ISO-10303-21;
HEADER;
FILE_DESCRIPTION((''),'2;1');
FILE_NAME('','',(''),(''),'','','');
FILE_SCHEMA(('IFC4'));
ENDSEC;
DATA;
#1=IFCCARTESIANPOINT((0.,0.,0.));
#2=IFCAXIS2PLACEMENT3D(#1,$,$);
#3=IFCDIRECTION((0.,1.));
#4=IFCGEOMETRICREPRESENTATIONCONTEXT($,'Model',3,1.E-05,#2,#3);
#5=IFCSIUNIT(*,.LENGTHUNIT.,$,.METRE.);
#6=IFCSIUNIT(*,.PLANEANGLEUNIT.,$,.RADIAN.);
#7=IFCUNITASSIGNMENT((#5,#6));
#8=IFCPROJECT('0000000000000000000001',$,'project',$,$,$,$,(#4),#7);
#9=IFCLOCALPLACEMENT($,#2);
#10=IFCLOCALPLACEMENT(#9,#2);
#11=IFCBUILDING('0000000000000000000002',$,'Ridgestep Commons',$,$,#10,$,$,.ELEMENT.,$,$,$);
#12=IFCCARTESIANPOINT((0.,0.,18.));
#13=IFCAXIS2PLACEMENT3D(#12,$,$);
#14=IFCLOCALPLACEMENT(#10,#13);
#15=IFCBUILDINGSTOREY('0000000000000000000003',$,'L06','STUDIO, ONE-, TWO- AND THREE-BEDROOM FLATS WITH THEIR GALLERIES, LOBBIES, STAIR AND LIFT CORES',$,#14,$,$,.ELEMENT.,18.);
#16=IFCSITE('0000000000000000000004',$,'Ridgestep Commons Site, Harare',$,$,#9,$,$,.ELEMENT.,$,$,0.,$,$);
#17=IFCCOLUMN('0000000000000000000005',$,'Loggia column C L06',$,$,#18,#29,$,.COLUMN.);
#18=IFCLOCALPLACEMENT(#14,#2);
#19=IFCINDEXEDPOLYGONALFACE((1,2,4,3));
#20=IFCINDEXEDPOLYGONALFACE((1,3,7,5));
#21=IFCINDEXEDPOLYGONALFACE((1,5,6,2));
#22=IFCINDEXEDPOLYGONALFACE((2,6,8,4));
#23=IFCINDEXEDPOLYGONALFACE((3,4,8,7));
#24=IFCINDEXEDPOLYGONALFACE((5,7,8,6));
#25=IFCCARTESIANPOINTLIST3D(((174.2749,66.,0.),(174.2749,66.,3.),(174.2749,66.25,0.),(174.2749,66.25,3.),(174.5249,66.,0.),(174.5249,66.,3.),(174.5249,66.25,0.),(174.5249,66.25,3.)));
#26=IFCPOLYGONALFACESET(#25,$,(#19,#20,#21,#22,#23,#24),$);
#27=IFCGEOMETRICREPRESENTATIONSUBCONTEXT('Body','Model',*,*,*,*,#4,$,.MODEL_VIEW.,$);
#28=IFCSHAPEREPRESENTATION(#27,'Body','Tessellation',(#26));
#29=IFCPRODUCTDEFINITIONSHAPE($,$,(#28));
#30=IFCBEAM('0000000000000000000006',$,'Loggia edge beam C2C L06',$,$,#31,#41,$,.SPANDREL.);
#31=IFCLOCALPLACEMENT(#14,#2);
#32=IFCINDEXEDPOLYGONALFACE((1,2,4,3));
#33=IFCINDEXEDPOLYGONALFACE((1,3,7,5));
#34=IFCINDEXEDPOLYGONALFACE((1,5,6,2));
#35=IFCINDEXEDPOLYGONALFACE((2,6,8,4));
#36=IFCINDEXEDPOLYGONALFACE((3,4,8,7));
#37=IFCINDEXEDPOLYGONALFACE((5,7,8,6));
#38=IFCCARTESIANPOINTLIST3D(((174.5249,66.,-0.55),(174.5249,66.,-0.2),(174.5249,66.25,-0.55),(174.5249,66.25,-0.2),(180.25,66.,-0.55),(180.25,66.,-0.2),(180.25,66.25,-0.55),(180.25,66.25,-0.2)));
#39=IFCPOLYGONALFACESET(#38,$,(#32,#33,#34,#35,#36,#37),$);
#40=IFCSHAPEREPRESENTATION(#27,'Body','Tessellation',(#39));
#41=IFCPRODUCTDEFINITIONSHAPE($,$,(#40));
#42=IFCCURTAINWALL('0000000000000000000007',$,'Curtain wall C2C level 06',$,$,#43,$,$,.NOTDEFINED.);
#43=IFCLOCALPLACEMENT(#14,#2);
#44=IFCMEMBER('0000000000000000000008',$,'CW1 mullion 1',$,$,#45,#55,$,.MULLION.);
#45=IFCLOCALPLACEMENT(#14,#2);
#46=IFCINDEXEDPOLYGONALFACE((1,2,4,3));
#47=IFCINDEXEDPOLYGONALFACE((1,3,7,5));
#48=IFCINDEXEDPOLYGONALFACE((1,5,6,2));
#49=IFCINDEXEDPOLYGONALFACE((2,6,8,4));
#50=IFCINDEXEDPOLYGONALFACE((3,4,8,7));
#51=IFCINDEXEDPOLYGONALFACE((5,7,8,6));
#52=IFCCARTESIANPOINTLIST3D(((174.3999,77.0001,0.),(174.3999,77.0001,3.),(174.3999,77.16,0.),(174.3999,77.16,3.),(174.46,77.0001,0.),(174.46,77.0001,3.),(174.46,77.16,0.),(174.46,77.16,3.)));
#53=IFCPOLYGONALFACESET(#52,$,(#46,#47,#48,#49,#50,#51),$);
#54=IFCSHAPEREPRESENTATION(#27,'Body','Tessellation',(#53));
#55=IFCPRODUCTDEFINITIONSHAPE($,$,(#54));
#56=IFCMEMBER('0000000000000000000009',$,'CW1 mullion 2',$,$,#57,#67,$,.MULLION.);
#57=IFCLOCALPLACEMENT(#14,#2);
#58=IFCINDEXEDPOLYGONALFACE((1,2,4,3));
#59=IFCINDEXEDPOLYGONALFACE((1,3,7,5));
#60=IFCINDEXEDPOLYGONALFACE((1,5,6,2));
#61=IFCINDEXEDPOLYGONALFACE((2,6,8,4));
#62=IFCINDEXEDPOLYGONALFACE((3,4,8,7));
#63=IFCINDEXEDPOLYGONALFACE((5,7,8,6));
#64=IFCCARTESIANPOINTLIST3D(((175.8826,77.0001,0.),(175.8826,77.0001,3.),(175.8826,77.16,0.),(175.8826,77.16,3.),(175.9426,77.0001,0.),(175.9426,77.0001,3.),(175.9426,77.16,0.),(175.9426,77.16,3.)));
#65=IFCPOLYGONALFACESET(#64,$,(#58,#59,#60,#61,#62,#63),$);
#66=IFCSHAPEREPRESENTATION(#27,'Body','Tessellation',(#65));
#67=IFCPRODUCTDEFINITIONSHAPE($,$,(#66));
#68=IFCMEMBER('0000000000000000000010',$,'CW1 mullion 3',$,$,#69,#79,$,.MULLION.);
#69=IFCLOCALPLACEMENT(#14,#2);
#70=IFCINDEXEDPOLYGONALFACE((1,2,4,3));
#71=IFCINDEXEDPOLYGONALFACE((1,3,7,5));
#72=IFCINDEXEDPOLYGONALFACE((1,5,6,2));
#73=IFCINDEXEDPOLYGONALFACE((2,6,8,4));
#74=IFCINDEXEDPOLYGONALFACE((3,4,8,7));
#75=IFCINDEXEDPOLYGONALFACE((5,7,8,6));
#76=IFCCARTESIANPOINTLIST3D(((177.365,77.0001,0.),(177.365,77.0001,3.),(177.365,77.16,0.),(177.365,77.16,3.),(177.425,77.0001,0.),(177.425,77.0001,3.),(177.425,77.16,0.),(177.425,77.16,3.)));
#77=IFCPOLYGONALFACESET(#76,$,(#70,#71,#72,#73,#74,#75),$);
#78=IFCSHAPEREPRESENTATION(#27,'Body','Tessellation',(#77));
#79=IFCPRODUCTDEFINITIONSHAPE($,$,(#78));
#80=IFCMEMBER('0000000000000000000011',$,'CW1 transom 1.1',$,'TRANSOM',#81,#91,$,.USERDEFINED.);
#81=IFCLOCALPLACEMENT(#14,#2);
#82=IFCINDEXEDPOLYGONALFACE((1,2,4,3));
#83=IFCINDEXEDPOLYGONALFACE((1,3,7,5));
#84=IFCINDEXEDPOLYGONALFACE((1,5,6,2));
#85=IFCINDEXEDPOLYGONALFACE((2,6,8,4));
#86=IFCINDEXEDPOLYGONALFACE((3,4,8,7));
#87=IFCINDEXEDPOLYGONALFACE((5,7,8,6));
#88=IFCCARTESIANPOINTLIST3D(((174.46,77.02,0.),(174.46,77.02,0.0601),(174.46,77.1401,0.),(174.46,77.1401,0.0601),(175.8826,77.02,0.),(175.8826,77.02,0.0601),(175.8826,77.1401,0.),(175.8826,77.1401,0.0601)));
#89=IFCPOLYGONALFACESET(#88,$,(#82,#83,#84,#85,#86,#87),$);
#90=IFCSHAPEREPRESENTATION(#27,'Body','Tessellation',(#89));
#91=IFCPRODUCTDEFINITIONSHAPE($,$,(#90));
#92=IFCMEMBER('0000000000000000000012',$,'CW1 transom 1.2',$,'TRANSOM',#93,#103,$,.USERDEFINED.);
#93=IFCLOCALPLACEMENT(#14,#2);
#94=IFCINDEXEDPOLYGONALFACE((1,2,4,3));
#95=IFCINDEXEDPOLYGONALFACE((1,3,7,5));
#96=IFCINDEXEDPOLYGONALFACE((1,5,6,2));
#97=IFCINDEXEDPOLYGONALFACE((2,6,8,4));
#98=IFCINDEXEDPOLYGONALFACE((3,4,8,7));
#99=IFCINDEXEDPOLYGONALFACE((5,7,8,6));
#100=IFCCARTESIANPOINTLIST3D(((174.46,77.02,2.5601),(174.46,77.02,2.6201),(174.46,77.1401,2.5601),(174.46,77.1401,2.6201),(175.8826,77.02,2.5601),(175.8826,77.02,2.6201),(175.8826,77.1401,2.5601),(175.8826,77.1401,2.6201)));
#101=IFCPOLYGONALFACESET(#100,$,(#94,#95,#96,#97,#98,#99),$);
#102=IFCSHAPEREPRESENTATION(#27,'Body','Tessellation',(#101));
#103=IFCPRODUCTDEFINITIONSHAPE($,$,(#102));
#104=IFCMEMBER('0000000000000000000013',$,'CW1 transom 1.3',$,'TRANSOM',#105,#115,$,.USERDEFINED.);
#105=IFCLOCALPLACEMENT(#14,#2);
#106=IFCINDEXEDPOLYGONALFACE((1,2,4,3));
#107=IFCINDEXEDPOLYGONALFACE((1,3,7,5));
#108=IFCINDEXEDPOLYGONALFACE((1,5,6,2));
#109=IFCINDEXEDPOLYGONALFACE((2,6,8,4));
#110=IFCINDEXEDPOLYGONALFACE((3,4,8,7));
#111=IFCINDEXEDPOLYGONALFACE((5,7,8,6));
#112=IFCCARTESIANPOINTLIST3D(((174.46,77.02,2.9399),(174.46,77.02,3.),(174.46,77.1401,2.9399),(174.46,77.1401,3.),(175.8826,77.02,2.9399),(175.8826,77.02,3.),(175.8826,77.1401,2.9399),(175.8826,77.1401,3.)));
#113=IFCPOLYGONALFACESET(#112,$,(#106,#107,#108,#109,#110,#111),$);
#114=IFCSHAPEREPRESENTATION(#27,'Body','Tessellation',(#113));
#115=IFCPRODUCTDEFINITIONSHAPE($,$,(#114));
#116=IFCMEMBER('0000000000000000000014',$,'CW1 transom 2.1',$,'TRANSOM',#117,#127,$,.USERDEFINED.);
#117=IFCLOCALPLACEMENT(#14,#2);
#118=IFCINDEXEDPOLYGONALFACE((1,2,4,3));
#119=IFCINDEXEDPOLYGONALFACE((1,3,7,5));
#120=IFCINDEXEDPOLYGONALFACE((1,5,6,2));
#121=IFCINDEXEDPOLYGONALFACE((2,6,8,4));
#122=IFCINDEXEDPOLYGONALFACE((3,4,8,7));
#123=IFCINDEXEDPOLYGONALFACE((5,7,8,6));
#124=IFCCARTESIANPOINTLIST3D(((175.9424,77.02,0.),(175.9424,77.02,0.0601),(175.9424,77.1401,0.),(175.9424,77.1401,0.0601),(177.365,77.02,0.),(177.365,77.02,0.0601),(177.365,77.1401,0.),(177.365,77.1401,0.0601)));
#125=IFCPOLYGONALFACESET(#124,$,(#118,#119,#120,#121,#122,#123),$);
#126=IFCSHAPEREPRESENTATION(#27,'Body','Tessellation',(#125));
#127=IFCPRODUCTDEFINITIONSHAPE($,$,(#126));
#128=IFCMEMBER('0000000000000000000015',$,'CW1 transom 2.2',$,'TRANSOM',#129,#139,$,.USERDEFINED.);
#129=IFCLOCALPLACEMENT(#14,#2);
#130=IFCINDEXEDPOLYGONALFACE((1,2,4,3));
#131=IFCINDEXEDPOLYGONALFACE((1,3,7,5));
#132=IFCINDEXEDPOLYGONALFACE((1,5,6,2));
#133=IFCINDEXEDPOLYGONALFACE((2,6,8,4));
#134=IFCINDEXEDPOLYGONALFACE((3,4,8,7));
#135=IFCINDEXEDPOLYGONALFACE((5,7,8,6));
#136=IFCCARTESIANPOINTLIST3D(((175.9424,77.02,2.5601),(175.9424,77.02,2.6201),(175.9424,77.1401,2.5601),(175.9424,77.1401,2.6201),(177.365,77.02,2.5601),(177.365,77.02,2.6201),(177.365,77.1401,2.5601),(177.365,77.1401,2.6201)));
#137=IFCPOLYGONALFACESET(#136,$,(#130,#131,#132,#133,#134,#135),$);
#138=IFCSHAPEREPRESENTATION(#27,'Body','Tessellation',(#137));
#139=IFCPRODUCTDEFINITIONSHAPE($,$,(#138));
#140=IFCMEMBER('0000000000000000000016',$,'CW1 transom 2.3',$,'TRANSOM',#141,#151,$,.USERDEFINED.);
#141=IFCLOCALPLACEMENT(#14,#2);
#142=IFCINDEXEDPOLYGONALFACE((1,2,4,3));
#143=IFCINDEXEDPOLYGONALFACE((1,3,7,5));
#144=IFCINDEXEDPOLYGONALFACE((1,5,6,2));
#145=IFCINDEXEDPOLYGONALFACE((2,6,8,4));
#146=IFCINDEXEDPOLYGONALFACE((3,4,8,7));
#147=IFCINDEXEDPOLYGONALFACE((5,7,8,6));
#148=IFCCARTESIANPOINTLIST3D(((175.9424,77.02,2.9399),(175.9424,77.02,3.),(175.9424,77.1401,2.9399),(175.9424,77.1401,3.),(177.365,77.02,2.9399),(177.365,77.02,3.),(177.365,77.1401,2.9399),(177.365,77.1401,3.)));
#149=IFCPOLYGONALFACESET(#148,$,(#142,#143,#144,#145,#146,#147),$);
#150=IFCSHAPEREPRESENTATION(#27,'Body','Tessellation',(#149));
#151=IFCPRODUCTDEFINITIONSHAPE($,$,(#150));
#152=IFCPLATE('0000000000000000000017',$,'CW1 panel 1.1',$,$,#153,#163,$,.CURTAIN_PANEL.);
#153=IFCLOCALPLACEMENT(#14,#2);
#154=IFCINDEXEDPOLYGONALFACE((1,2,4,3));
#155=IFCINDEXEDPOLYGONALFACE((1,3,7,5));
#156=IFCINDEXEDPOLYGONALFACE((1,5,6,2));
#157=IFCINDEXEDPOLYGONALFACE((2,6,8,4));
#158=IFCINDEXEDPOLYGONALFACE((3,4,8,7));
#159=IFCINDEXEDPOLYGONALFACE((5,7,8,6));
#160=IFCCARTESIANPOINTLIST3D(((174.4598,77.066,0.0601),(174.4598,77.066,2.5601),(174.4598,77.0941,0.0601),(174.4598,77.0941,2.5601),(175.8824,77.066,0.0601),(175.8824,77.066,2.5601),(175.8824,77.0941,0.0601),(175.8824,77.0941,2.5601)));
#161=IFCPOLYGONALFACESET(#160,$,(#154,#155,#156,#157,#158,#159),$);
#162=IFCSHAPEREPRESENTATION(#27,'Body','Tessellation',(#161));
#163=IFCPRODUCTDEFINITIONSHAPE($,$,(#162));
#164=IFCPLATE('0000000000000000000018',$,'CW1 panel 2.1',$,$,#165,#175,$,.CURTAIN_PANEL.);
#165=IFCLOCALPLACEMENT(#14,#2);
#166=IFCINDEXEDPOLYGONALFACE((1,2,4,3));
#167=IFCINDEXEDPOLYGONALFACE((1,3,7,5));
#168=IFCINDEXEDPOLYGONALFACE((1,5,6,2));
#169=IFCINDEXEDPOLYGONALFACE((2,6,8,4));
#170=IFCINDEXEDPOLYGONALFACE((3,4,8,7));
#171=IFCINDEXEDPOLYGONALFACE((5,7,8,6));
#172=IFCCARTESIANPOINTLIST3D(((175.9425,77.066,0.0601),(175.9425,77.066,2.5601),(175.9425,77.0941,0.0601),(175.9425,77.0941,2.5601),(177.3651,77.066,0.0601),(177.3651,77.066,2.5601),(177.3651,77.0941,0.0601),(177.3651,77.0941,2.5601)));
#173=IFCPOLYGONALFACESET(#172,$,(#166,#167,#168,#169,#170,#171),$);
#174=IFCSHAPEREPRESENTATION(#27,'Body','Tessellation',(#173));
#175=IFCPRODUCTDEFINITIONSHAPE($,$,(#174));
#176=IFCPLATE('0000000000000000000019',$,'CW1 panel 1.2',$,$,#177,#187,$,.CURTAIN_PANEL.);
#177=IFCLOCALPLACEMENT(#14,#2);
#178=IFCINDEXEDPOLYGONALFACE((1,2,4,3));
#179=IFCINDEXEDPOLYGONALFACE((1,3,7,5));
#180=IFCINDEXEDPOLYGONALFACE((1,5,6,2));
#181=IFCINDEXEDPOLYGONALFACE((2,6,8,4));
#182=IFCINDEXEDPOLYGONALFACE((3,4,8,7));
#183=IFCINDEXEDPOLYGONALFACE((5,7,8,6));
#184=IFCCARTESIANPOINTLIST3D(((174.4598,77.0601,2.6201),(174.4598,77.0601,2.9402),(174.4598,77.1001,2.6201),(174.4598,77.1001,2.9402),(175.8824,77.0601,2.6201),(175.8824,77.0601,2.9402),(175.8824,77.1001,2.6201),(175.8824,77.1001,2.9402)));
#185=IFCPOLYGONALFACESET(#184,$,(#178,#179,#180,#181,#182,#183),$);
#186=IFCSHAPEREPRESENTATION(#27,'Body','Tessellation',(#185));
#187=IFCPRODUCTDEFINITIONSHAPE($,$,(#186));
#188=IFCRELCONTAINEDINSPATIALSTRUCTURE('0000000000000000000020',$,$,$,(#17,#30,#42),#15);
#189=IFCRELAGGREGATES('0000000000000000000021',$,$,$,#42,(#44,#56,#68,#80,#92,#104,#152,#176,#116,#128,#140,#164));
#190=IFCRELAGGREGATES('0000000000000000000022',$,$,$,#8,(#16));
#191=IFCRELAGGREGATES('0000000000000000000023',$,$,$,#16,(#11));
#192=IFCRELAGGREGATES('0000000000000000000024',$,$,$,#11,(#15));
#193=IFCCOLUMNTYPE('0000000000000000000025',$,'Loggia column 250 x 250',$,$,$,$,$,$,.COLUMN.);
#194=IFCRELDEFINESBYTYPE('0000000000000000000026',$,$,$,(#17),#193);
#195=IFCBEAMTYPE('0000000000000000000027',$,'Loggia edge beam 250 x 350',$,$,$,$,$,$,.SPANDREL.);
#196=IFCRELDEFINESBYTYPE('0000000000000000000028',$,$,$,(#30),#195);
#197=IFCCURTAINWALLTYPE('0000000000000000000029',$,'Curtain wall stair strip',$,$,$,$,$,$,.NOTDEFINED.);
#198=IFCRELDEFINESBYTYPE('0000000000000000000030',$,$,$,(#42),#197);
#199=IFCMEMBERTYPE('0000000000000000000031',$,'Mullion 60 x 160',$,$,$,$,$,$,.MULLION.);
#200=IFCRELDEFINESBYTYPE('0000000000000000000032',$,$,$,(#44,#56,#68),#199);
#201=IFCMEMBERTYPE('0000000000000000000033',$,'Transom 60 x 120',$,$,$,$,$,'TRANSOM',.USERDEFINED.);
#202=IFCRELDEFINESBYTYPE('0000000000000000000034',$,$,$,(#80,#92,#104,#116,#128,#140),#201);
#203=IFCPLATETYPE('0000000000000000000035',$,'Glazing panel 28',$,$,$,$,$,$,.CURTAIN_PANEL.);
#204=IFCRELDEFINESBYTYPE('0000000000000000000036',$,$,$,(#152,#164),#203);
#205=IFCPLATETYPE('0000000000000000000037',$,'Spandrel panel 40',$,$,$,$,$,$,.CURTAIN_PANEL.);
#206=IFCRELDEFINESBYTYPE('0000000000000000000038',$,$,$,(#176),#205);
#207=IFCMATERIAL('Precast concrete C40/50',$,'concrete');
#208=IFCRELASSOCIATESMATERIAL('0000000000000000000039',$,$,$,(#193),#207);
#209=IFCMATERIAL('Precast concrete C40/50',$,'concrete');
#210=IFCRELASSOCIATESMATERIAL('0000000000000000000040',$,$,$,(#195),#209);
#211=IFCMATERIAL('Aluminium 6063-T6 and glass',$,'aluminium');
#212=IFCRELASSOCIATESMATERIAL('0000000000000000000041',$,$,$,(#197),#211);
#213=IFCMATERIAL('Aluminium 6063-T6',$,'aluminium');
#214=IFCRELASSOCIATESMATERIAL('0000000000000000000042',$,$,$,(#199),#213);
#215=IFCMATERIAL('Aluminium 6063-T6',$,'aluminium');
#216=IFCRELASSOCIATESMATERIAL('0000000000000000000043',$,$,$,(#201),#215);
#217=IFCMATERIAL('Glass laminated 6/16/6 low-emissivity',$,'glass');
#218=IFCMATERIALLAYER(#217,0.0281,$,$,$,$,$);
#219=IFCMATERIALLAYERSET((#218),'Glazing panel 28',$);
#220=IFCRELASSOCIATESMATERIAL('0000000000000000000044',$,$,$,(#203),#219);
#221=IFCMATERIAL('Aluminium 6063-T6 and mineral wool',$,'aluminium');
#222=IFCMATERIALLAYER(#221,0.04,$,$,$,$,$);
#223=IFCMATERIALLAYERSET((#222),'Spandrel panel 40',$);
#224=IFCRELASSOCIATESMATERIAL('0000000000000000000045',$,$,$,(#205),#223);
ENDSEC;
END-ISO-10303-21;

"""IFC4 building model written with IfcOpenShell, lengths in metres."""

from ifc_helpers import new_model, si_unit, direction, frame, origin, origin_2d, place, context, subcontext, project, spatial, rectangle, extrude, material, layer, layer_set, material_profile, profile_set, type_object, element, aggregate, save


model = new_model("IFC4")

# Units and contexts
model_context = context("Model", 3, precision=1e-05, world=origin(), true_north=direction((0.0, 1.0)))
body_context = subcontext(model_context, "Body", "Model", "MODEL_VIEW")
ifc_project = project(units=[si_unit("LENGTHUNIT", "METRE"), si_unit("PLANEANGLEUNIT", "RADIAN")], contexts=[model_context])

# Site, building, storey
site_placement = place(None, origin())
site = spatial("IfcSite", under=ifc_project, at=site_placement, Name="Ridgestep Commons Site, Harare", CompositionType="ELEMENT", RefElevation=0.0)
building_placement = place(site_placement, origin())
building = spatial("IfcBuilding", under=site, at=building_placement, Name="Ridgestep Commons", CompositionType="ELEMENT")
storey_placement = place(building_placement, frame((0.0, 0.0, 18.0)))
storey = spatial("IfcBuildingStorey", under=building, at=storey_placement, Name="L06", Description="STUDIO, ONE-, TWO- AND THREE-BEDROOM FLATS WITH THEIR GALLERIES, LOBBIES, STAIR AND LIFT CORES", CompositionType="ELEMENT", Elevation=18.0)

# Column
ifc_material_1 = material(Name="Precast concrete C40/50", Category="concrete")
ifc_material_profile_1 = material_profile(ifc_material_1, rectangle(XDim=0.25, YDim=0.25, at=origin_2d()), Name="PC 250x250")
ifc_profile_set_1 = profile_set([ifc_material_profile_1], Name="Precast concrete C40/50")
column_type = type_object("IfcColumnType", Name="Loggia column 250 x 250", PredefinedType="COLUMN", material=ifc_profile_set_1)
column_placement = place(storey_placement, frame((174.3999, 66.125, 0.0), z_axis=(0.0, 0.0, 1.0), x_axis=(1.0, 0.0, 0.0)))
element("IfcColumn", 1, at=column_placement, inside=storey, type_object=column_type, Name="Loggia column C L06", PredefinedType="COLUMN", context=body_context, shape_type="SweptSolid", body=[
    extrude(rectangle(XDim=0.25, YDim=0.25, at=origin_2d()), origin(), (0.0, 0.0, 1.0), 3.0),
])

# Beam
ifc_material_2 = material(Name="Precast concrete C40/50", Category="concrete")
ifc_material_profile_2 = material_profile(ifc_material_2, rectangle(XDim=0.25, YDim=0.3501, at=origin_2d()), Name="PC 250x350")
ifc_profile_set_2 = profile_set([ifc_material_profile_2], Name="Precast concrete C40/50")
beam_type = type_object("IfcBeamType", Name="Loggia edge beam 250 x 350", PredefinedType="SPANDREL", material=ifc_profile_set_2)
beam_placement = place(storey_placement, frame((174.5249, 66.125, -0.375), z_axis=(1.0, 0.0, 0.0), x_axis=(0.0, 1.0, 0.0)))
element("IfcBeam", 2, at=beam_placement, inside=storey, type_object=beam_type, Name="Loggia edge beam C2C L06", PredefinedType="SPANDREL", context=body_context, shape_type="SweptSolid", body=[
    extrude(rectangle(XDim=0.25, YDim=0.3501, at=origin_2d()), origin(), (0.0, 0.0, 1.0), 5.7251),
])

# Curtain wall, members, plates
ifc_material_3 = material(Name="Aluminium 6063-T6 and glass", Category="aluminium")
curtain_wall_type = type_object("IfcCurtainWallType", Name="Curtain wall stair strip", PredefinedType="NOTDEFINED", material=ifc_material_3)
curtain_wall_placement = place(storey_placement, origin())
curtain_wall = element("IfcCurtainWall", 3, at=curtain_wall_placement, inside=storey, type_object=curtain_wall_type, Name="Curtain wall C2C level 06", PredefinedType="NOTDEFINED")
ifc_material_4 = material(Name="Aluminium 6063-T6", Category="aluminium")
ifc_material_profile_3 = material_profile(ifc_material_4, rectangle(XDim=0.1599, YDim=0.0601, at=origin_2d()), Name="Mullion 60 x 160")
ifc_profile_set_3 = profile_set([ifc_material_profile_3], Name="Aluminium 6063-T6")
member_type_1 = type_object("IfcMemberType", Name="Mullion 60 x 160", PredefinedType="MULLION", material=ifc_profile_set_3)
member_1_placement = place(storey_placement, frame((174.4299, 77.0801, 0.0), z_axis=(0.0, 0.0, 1.0), x_axis=(0.0, 1.0, 0.0)))
member_1 = element("IfcMember", 4, at=member_1_placement, type_object=member_type_1, Name="CW1 mullion 1", PredefinedType="MULLION", context=body_context, shape_type="SweptSolid", body=[
    extrude(rectangle(XDim=0.1599, YDim=0.0601, at=origin_2d()), origin(), (0.0, 0.0, 1.0), 3.0),
])
member_2_placement = place(storey_placement, frame((175.9126, 77.0801, 0.0), z_axis=(0.0, 0.0, 1.0), x_axis=(0.0, 1.0, 0.0)))
member_2 = element("IfcMember", 5, at=member_2_placement, type_object=member_type_1, Name="CW1 mullion 2", PredefinedType="MULLION", context=body_context, shape_type="SweptSolid", body=[
    extrude(rectangle(XDim=0.1599, YDim=0.0601, at=origin_2d()), origin(), (0.0, 0.0, 1.0), 3.0),
])
member_3_placement = place(storey_placement, frame((177.395, 77.0801, 0.0), z_axis=(0.0, 0.0, 1.0), x_axis=(0.0, 1.0, 0.0)))
member_3 = element("IfcMember", 6, at=member_3_placement, type_object=member_type_1, Name="CW1 mullion 3", PredefinedType="MULLION", context=body_context, shape_type="SweptSolid", body=[
    extrude(rectangle(XDim=0.1599, YDim=0.0601, at=origin_2d()), origin(), (0.0, 0.0, 1.0), 3.0),
])
ifc_material_5 = material(Name="Aluminium 6063-T6", Category="aluminium")
ifc_material_profile_4 = material_profile(ifc_material_5, rectangle(XDim=0.1201, YDim=0.0601, at=origin_2d()), Name="Transom 60 x 120")
ifc_profile_set_4 = profile_set([ifc_material_profile_4], Name="Aluminium 6063-T6")
member_type_2 = type_object("IfcMemberType", Name="Transom 60 x 120", ElementType="TRANSOM", PredefinedType="USERDEFINED", material=ifc_profile_set_4)
member_4_placement = place(storey_placement, frame((174.46, 77.0801, 0.03), z_axis=(1.0, 0.0, 0.0), x_axis=(0.0, 1.0, 0.0)))
member_4 = element("IfcMember", 7, at=member_4_placement, type_object=member_type_2, Name="CW1 transom 1.1", ObjectType="TRANSOM", PredefinedType="USERDEFINED", context=body_context, shape_type="SweptSolid", body=[
    extrude(rectangle(XDim=0.1201, YDim=0.0601, at=origin_2d()), origin(), (0.0, 0.0, 1.0), 1.4226),
])
member_5_placement = place(storey_placement, frame((174.46, 77.0801, 2.5901), z_axis=(1.0, 0.0, 0.0), x_axis=(0.0, 1.0, 0.0)))
member_5 = element("IfcMember", 8, at=member_5_placement, type_object=member_type_2, Name="CW1 transom 1.2", ObjectType="TRANSOM", PredefinedType="USERDEFINED", context=body_context, shape_type="SweptSolid", body=[
    extrude(rectangle(XDim=0.1201, YDim=0.0601, at=origin_2d()), origin(), (0.0, 0.0, 1.0), 1.4226),
])
member_6_placement = place(storey_placement, frame((174.46, 77.0801, 2.97), z_axis=(1.0, 0.0, 0.0), x_axis=(0.0, 1.0, 0.0)))
member_6 = element("IfcMember", 9, at=member_6_placement, type_object=member_type_2, Name="CW1 transom 1.3", ObjectType="TRANSOM", PredefinedType="USERDEFINED", context=body_context, shape_type="SweptSolid", body=[
    extrude(rectangle(XDim=0.1201, YDim=0.0601, at=origin_2d()), origin(), (0.0, 0.0, 1.0), 1.4226),
])
member_7_placement = place(storey_placement, frame((175.9424, 77.0801, 0.03), z_axis=(1.0, 0.0, 0.0), x_axis=(0.0, 1.0, 0.0)))
member_7 = element("IfcMember", 10, at=member_7_placement, type_object=member_type_2, Name="CW1 transom 2.1", ObjectType="TRANSOM", PredefinedType="USERDEFINED", context=body_context, shape_type="SweptSolid", body=[
    extrude(rectangle(XDim=0.1201, YDim=0.0601, at=origin_2d()), origin(), (0.0, 0.0, 1.0), 1.4226),
])
member_8_placement = place(storey_placement, frame((175.9424, 77.0801, 2.5901), z_axis=(1.0, 0.0, 0.0), x_axis=(0.0, 1.0, 0.0)))
member_8 = element("IfcMember", 11, at=member_8_placement, type_object=member_type_2, Name="CW1 transom 2.2", ObjectType="TRANSOM", PredefinedType="USERDEFINED", context=body_context, shape_type="SweptSolid", body=[
    extrude(rectangle(XDim=0.1201, YDim=0.0601, at=origin_2d()), origin(), (0.0, 0.0, 1.0), 1.4226),
])
member_9_placement = place(storey_placement, frame((175.9424, 77.0801, 2.97), z_axis=(1.0, 0.0, 0.0), x_axis=(0.0, 1.0, 0.0)))
member_9 = element("IfcMember", 12, at=member_9_placement, type_object=member_type_2, Name="CW1 transom 2.3", ObjectType="TRANSOM", PredefinedType="USERDEFINED", context=body_context, shape_type="SweptSolid", body=[
    extrude(rectangle(XDim=0.1201, YDim=0.0601, at=origin_2d()), origin(), (0.0, 0.0, 1.0), 1.4226),
])
ifc_material_6 = material(Name="Glass laminated 6/16/6 low-emissivity", Category="glass")
ifc_layer_1 = layer(ifc_material_6, 0.0281)
ifc_layer_set_1 = layer_set([ifc_layer_1], Name="Glazing panel 28")
plate_type_1 = type_object("IfcPlateType", Name="Glazing panel 28", PredefinedType="CURTAIN_PANEL", material=ifc_layer_set_1)
plate_1_placement = place(storey_placement, frame((175.1711, 77.0801, 0.0601), z_axis=(0.0, 0.0, 1.0), x_axis=(1.0, 0.0, 0.0)))
plate_1 = element("IfcPlate", 13, at=plate_1_placement, type_object=plate_type_1, Name="CW1 panel 1.1", PredefinedType="CURTAIN_PANEL", context=body_context, shape_type="SweptSolid", body=[
    extrude(rectangle(XDim=1.4226, YDim=0.0281, at=origin_2d()), origin(), (0.0, 0.0, 1.0), 2.5),
])
plate_2_placement = place(storey_placement, frame((176.6538, 77.0801, 0.0601), z_axis=(0.0, 0.0, 1.0), x_axis=(1.0, 0.0, 0.0)))
plate_2 = element("IfcPlate", 14, at=plate_2_placement, type_object=plate_type_1, Name="CW1 panel 2.1", PredefinedType="CURTAIN_PANEL", context=body_context, shape_type="SweptSolid", body=[
    extrude(rectangle(XDim=1.4226, YDim=0.0281, at=origin_2d()), origin(), (0.0, 0.0, 1.0), 2.5),
])
ifc_material_7 = material(Name="Aluminium 6063-T6 and mineral wool", Category="aluminium")
ifc_layer_2 = layer(ifc_material_7, 0.04)
ifc_layer_set_2 = layer_set([ifc_layer_2], Name="Spandrel panel 40")
plate_type_2 = type_object("IfcPlateType", Name="Spandrel panel 40", PredefinedType="CURTAIN_PANEL", material=ifc_layer_set_2)
plate_3_placement = place(storey_placement, frame((175.1711, 77.0801, 2.6201), z_axis=(0.0, 0.0, 1.0), x_axis=(1.0, 0.0, 0.0)))
plate_3 = element("IfcPlate", 15, at=plate_3_placement, type_object=plate_type_2, Name="CW1 panel 1.2", PredefinedType="CURTAIN_PANEL", context=body_context, shape_type="SweptSolid", body=[
    extrude(rectangle(XDim=1.4226, YDim=0.04, at=origin_2d()), origin(), (0.0, 0.0, 1.0), 0.3201),
])
aggregate(curtain_wall, [member_1, member_2, member_3, member_4, member_5, member_6, plate_1, plate_3, member_7, member_8, member_9, plate_2])

save(model, "model.ifc")
